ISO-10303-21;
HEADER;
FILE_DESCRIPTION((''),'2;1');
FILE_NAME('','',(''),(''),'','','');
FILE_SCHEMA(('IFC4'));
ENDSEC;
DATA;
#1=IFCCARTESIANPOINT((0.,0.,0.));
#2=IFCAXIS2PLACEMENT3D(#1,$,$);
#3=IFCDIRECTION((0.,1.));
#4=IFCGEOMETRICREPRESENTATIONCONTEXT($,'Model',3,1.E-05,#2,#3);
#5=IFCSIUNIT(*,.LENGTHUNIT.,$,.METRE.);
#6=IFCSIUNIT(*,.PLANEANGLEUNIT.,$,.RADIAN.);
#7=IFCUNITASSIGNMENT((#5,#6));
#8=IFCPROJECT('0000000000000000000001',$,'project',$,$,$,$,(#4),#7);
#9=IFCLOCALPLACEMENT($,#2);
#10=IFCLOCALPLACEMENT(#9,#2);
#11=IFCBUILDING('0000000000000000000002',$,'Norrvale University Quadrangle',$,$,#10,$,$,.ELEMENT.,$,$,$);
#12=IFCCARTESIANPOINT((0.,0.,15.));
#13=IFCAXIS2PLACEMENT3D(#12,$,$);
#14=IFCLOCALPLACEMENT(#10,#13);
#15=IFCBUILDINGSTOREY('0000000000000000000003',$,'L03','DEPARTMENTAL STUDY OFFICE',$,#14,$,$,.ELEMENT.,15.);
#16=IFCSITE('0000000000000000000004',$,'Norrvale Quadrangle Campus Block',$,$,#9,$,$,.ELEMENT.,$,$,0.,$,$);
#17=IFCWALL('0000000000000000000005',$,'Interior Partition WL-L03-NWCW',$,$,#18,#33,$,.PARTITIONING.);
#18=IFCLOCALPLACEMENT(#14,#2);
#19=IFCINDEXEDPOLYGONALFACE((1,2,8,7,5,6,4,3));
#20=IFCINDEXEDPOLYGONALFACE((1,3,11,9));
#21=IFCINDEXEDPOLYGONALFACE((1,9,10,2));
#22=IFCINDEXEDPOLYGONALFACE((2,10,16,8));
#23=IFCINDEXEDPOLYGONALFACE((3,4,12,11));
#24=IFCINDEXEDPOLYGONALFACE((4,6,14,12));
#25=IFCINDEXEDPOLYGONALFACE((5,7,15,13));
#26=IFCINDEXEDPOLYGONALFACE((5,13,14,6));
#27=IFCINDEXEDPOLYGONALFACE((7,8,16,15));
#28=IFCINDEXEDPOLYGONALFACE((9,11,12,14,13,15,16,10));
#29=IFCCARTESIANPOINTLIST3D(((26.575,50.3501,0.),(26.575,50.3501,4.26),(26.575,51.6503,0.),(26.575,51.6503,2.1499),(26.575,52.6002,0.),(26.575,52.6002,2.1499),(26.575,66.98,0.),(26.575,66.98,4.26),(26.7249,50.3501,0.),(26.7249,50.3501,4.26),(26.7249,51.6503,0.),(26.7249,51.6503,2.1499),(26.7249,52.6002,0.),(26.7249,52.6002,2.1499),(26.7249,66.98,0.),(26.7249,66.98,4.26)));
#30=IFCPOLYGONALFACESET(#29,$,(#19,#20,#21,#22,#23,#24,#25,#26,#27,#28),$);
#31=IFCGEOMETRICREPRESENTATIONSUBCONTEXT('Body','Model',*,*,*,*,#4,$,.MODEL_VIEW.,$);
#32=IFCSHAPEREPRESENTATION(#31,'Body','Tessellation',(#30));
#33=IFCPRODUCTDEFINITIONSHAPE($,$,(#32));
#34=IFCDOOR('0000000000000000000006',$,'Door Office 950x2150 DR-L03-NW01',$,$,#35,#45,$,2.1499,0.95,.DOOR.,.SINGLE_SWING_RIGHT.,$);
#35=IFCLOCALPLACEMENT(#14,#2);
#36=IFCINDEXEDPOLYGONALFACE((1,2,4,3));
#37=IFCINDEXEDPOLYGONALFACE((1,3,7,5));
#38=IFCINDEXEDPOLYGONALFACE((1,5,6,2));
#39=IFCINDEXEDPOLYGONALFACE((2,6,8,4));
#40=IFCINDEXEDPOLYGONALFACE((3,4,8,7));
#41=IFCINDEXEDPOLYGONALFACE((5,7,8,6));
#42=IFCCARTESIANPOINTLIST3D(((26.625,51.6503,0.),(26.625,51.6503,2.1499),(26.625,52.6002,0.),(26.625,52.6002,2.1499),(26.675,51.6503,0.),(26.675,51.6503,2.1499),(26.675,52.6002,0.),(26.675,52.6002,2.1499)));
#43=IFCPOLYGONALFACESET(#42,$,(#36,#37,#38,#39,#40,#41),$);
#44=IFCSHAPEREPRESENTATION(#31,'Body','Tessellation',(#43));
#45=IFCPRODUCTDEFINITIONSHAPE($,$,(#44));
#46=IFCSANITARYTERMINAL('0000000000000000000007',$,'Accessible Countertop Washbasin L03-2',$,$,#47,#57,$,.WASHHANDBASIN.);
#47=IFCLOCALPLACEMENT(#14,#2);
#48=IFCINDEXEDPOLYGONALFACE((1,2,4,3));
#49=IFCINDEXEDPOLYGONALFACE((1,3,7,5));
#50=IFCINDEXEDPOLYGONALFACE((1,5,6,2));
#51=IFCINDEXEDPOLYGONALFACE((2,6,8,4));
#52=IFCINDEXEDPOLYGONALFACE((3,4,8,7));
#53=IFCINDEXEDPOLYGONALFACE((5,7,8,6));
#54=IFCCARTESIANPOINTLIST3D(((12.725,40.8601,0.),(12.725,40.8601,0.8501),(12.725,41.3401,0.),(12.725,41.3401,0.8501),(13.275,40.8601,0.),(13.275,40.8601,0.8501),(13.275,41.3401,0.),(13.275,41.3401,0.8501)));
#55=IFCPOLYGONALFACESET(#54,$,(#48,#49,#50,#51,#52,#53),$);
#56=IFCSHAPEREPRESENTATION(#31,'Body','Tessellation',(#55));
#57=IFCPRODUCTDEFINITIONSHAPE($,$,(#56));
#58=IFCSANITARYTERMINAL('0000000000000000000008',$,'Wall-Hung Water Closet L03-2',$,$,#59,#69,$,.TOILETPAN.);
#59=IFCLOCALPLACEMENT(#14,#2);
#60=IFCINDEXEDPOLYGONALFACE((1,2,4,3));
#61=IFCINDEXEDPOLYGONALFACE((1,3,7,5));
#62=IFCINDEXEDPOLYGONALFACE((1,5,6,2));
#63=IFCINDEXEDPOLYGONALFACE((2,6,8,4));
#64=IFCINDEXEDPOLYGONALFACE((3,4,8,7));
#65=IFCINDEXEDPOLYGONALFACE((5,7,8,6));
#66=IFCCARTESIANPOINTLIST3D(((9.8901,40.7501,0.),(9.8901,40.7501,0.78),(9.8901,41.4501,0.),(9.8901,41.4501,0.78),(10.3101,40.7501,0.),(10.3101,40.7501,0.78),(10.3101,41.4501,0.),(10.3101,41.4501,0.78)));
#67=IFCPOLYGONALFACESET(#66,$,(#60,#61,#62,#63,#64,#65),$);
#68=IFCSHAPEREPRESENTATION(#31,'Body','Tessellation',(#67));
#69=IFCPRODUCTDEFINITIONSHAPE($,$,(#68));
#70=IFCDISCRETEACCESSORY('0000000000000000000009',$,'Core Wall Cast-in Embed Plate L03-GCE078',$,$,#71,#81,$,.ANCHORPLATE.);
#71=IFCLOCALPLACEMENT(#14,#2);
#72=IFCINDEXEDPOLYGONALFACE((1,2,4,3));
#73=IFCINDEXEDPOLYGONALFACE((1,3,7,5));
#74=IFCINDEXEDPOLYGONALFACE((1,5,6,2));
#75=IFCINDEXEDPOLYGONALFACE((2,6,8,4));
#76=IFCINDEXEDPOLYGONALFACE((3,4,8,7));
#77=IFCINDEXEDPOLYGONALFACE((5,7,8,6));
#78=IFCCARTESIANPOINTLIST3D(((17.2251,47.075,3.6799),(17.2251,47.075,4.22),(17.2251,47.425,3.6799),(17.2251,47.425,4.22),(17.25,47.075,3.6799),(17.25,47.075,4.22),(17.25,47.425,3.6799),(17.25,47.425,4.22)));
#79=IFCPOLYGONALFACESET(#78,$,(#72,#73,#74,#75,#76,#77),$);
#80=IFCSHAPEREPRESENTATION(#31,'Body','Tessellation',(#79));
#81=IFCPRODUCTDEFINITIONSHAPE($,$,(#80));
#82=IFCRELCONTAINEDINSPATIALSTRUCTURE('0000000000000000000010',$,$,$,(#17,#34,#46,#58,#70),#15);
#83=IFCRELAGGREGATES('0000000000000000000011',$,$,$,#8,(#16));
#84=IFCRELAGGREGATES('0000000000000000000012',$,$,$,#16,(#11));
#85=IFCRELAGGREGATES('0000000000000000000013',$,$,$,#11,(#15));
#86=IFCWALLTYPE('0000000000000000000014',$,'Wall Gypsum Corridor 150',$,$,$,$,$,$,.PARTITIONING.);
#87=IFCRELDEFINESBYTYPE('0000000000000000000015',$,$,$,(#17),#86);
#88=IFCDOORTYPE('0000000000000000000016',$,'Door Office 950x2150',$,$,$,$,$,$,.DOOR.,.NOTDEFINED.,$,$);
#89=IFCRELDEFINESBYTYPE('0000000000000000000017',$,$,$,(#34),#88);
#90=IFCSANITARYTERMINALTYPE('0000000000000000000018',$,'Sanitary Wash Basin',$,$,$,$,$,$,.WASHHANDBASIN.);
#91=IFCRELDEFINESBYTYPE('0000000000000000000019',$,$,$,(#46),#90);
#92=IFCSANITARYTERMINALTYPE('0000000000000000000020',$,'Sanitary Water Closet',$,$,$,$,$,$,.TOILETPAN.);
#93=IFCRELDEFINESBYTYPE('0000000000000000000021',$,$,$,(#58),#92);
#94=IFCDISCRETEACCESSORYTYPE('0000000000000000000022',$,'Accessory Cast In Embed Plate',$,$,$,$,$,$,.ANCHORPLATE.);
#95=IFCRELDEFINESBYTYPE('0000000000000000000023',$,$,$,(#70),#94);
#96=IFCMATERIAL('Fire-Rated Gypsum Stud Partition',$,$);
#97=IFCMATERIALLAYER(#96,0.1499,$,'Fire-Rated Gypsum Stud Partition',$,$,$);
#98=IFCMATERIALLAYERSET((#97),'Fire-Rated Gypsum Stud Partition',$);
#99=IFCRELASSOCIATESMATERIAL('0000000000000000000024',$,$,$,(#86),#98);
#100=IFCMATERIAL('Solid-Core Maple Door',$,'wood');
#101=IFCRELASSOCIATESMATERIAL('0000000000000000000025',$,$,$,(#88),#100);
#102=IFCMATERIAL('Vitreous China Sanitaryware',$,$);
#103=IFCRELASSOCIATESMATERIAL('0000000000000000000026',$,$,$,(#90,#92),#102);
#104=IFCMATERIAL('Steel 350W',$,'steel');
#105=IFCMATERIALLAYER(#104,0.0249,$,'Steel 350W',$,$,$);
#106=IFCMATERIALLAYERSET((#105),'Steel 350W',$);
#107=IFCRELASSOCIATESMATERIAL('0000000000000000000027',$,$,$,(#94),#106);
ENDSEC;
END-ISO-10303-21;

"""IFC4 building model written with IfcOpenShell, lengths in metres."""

from ifc_helpers import new_model, si_unit, direction, frame, frame_2d, origin, origin_2d, place, context, subcontext, project, spatial, rectangle, extrude, material, layer, layer_set, type_object, element, fill, save


model = new_model("IFC4")

# Units and contexts
model_context = context("Model", 3, precision=1e-05, world=origin(), true_north=direction((0.0, 1.0)))
body_context = subcontext(model_context, "Body", "Model", "MODEL_VIEW")
ifc_project = project(units=[si_unit("LENGTHUNIT", "METRE"), si_unit("PLANEANGLEUNIT", "RADIAN")], contexts=[model_context])

# Site, building, storey
site_placement = place(None, origin())
site = spatial("IfcSite", under=ifc_project, at=site_placement, Name="Norrvale Quadrangle Campus Block", CompositionType="ELEMENT", RefElevation=0.0)
building_placement = place(site_placement, origin())
building = spatial("IfcBuilding", under=site, at=building_placement, Name="Norrvale University Quadrangle", CompositionType="ELEMENT")
storey_placement = place(building_placement, frame((0.0, 0.0, 15.0)))
storey = spatial("IfcBuildingStorey", under=building, at=storey_placement, Name="L03", Description="DEPARTMENTAL STUDY OFFICE", CompositionType="ELEMENT", Elevation=15.0)

# Shared definitions
ifc_material_1 = material(Name="Steel 350W", Category="steel")

# Shared definitions
ifc_material_2 = material(Name="Fire-Rated Gypsum Stud Partition")
ifc_layer_1 = layer(ifc_material_2, 0.1499, Name="Fire-Rated Gypsum Stud Partition")
ifc_layer_set_1 = layer_set([ifc_layer_1], Name="Fire-Rated Gypsum Stud Partition")
wall_type = type_object("IfcWallType", Name="Wall Gypsum Corridor 150", PredefinedType="PARTITIONING", material=ifc_layer_set_1)

# Wall, opening, door
wall_1_placement = place(storey_placement, frame((26.6499, 50.3501, 0.0), z_axis=(0.0, 0.0, 1.0), x_axis=(0.0, 1.0, 0.0)))
wall_1 = element("IfcWall", 1, at=wall_1_placement, inside=storey, type_object=wall_type, Name="Interior Partition WL-L03-NWCW", PredefinedType="PARTITIONING", context=body_context, shape_type="SweptSolid", body=[
    extrude(rectangle(XDim=16.6299, YDim=0.1499, at=frame_2d((8.3149, 0.0))), origin(), (0.0, 0.0, 1.0), 4.26),
])
opening_1_placement = place(wall_1_placement, frame((1.3, 0.0, 0.0)))
opening_1 = element("IfcOpeningElement", 2, at=opening_1_placement, cuts=wall_1, PredefinedType="OPENING", context=body_context, shape_type="SweptSolid", body=[
    extrude(rectangle(XDim=0.95, YDim=2.1499, at=frame_2d((0.4751, 1.075))), frame((0.0, 0.0869, 0.0), z_axis=(0.0, -1.0, 0.0), x_axis=(1.0, 0.0, 0.0)), (0.0, 0.0, 1.0), 0.1738),
])
ifc_material_3 = material(Name="Solid-Core Maple Door", Category="wood")
door_type_1 = type_object("IfcDoorType", Name="Door Office 950x2150", OperationType="NOTDEFINED", PredefinedType="DOOR", material=ifc_material_3)
door_1_placement = place(opening_1_placement, origin())
door_1 = element("IfcDoor", 3, at=door_1_placement, inside=storey, type_object=door_type_1, Name="Door Office 950x2150 DR-L03-NW01", OperationType="SINGLE_SWING_RIGHT", OverallHeight=2.1499, OverallWidth=0.95, PredefinedType="DOOR", context=body_context, shape_type="SweptSolid", body=[
    extrude(rectangle(XDim=0.95, YDim=2.1499, at=frame_2d((0.4751, 1.075))), frame((0.0, 0.0249, 0.0), z_axis=(0.0, -1.0, 0.0), x_axis=(1.0, 0.0, 0.0)), (0.0, 0.0, 1.0), 0.05),
])
fill(opening_1, door_1)

# Sanitary terminals
ifc_material_4 = material(Name="Vitreous China Sanitaryware")
sanitary_terminal_type_1 = type_object("IfcSanitaryTerminalType", Name="Sanitary Wash Basin", PredefinedType="WASHHANDBASIN", material=ifc_material_4)
sanitary_terminal_1_placement = place(storey_placement, frame((13.0, 41.1001, 0.0), z_axis=(0.0, 0.0, 1.0), x_axis=(1.0, 0.0, 0.0)))
element("IfcSanitaryTerminal", 4, at=sanitary_terminal_1_placement, inside=storey, type_object=sanitary_terminal_type_1, Name="Accessible Countertop Washbasin L03-2", PredefinedType="WASHHANDBASIN", context=body_context, shape_type="SweptSolid", body=[
    extrude(rectangle(XDim=0.55, YDim=0.48, at=origin_2d()), origin(), (0.0, 0.0, 1.0), 0.8501),
])
sanitary_terminal_type_2 = type_object("IfcSanitaryTerminalType", Name="Sanitary Water Closet", PredefinedType="TOILETPAN", material=ifc_material_4)
sanitary_terminal_2_placement = place(storey_placement, frame((10.1001, 41.1001, 0.0), z_axis=(0.0, 0.0, 1.0), x_axis=(1.0, 0.0, 0.0)))
element("IfcSanitaryTerminal", 5, at=sanitary_terminal_2_placement, inside=storey, type_object=sanitary_terminal_type_2, Name="Wall-Hung Water Closet L03-2", PredefinedType="TOILETPAN", context=body_context, shape_type="SweptSolid", body=[
    extrude(rectangle(XDim=0.4199, YDim=0.7, at=origin_2d()), origin(), (0.0, 0.0, 1.0), 0.78),
])

# Discrete accessory
ifc_layer_2 = layer(ifc_material_1, 0.0249, Name="Steel 350W")
ifc_layer_set_2 = layer_set([ifc_layer_2], Name="Steel 350W")
discrete_accessory_type = type_object("IfcDiscreteAccessoryType", Name="Accessory Cast In Embed Plate", PredefinedType="ANCHORPLATE", material=ifc_layer_set_2)
discrete_accessory_placement = place(storey_placement, frame((17.2375, 47.25, 3.6799), z_axis=(0.0, 0.0, 1.0), x_axis=(1.0, 0.0, 0.0)))
element("IfcDiscreteAccessory", 6, at=discrete_accessory_placement, inside=storey, type_object=discrete_accessory_type, Name="Core Wall Cast-in Embed Plate L03-GCE078", PredefinedType="ANCHORPLATE", context=body_context, shape_type="SweptSolid", body=[
    extrude(rectangle(XDim=0.0249, YDim=0.3501, at=origin_2d()), origin(), (0.0, 0.0, 1.0), 0.54),
])

save(model, "model.ifc")
